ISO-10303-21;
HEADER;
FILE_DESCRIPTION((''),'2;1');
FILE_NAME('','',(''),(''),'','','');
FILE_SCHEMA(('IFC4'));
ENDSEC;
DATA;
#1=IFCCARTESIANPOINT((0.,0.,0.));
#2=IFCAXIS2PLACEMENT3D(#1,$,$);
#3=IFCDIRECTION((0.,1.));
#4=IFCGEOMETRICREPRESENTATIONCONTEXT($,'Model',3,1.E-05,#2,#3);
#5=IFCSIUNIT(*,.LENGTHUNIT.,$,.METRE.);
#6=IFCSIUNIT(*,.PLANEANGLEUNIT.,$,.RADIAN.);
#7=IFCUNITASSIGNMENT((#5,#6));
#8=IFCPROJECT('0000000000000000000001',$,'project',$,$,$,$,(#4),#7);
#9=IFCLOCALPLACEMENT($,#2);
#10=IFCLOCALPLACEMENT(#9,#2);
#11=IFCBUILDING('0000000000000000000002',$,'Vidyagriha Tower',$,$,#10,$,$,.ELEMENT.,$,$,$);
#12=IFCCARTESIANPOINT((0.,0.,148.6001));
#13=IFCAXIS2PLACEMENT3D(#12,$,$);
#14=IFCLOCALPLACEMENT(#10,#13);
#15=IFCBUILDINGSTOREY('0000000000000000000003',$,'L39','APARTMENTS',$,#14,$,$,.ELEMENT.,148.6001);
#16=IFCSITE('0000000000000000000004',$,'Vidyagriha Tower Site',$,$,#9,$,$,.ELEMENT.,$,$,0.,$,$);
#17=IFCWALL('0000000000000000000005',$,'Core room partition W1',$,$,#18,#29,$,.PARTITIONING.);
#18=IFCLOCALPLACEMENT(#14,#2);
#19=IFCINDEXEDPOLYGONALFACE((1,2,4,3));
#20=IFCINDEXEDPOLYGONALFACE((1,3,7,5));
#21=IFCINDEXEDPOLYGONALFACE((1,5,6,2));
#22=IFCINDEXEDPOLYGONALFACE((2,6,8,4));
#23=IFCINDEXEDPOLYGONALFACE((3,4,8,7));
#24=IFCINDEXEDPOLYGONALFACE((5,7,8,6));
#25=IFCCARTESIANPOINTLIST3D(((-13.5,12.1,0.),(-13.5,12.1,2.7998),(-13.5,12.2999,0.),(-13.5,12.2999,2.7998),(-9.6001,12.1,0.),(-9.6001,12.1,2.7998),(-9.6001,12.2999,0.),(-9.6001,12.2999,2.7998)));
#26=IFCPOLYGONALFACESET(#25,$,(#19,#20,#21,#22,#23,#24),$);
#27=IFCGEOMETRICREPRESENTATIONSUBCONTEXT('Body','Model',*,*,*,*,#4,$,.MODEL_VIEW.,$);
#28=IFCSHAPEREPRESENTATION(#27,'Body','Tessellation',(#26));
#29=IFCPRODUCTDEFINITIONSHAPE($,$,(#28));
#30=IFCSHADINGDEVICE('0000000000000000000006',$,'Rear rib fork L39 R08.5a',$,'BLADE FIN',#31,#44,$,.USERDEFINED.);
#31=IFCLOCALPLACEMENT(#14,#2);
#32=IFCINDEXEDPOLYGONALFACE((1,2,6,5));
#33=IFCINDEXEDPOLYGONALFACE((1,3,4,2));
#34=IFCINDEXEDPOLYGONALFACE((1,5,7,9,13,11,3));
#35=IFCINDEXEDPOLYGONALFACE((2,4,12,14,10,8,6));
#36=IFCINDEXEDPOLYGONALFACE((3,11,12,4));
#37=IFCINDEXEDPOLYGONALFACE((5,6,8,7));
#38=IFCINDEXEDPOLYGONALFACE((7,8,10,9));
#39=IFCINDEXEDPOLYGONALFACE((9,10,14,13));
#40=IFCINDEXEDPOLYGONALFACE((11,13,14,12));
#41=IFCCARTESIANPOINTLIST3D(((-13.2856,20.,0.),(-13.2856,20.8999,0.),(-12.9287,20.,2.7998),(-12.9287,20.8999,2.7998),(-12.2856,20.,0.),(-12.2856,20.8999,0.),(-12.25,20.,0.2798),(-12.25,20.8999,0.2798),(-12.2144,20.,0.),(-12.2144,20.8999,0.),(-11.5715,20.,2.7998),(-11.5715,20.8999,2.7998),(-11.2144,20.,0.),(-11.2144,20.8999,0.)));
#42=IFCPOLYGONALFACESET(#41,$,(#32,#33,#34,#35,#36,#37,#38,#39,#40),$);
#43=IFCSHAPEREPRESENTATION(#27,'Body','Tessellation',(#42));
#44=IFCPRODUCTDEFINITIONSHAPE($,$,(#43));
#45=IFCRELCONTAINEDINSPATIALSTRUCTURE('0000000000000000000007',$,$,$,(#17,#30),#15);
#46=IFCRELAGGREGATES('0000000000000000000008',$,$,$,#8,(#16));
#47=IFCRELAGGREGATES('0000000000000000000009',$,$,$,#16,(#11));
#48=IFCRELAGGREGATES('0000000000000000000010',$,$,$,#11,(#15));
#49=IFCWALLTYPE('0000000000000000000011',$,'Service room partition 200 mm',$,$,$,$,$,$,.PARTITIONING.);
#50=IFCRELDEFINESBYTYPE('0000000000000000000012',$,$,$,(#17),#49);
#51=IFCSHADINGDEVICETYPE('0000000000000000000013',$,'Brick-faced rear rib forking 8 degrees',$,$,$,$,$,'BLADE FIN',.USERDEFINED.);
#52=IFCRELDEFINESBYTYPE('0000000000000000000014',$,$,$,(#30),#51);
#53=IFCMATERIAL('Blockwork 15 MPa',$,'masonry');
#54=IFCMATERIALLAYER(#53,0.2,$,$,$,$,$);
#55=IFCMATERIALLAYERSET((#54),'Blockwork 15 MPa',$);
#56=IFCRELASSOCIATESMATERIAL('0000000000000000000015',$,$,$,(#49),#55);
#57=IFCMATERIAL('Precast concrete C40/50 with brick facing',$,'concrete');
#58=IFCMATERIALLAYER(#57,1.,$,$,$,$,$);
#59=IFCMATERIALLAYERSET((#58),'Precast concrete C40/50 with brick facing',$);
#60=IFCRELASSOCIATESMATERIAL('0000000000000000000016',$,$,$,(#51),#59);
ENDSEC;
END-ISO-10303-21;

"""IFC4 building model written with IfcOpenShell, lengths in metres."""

from ifc_helpers import new_model, si_unit, direction, frame, frame_2d, origin, place, context, subcontext, project, spatial, polyline, rectangle, outline, extrude, material, layer, layer_set, type_object, element, save


model = new_model("IFC4")

# Units and contexts
model_context = context("Model", 3, precision=1e-05, world=origin(), true_north=direction((0.0, 1.0)))
body_context = subcontext(model_context, "Body", "Model", "MODEL_VIEW")
ifc_project = project(units=[si_unit("LENGTHUNIT", "METRE"), si_unit("PLANEANGLEUNIT", "RADIAN")], contexts=[model_context])

# Site, building, storey
site_placement = place(None, origin())
site = spatial("IfcSite", under=ifc_project, at=site_placement, Name="Vidyagriha Tower Site", CompositionType="ELEMENT", RefElevation=0.0)
building_placement = place(site_placement, origin())
building = spatial("IfcBuilding", under=site, at=building_placement, Name="Vidyagriha Tower", CompositionType="ELEMENT")
storey_placement = place(building_placement, frame((0.0, 0.0, 148.6001)))
storey = spatial("IfcBuildingStorey", under=building, at=storey_placement, Name="L39", Description="APARTMENTS", CompositionType="ELEMENT", Elevation=148.6001)

# Wall
ifc_material_1 = material(Name="Blockwork 15 MPa", Category="masonry")
ifc_layer_1 = layer(ifc_material_1, 0.2)
ifc_layer_set_1 = layer_set([ifc_layer_1], Name="Blockwork 15 MPa")
wall_type_1 = type_object("IfcWallType", Name="Service room partition 200 mm", PredefinedType="PARTITIONING", material=ifc_layer_set_1)
wall_1_placement = place(storey_placement, frame((-13.5, 12.2, 0.0)))
element("IfcWall", 1, at=wall_1_placement, inside=storey, type_object=wall_type_1, Name="Core room partition W1", PredefinedType="PARTITIONING", context=body_context, shape_type="SweptSolid", body=[
    extrude(rectangle(XDim=3.8999, YDim=0.2, at=frame_2d((1.95, 0.0))), origin(), (0.0, 0.0, 1.0), 2.7998),
])

# Shading device
ifc_material_2 = material(Name="Precast concrete C40/50 with brick facing", Category="concrete")
ifc_layer_2 = layer(ifc_material_2, 1.0)
ifc_layer_set_2 = layer_set([ifc_layer_2], Name="Precast concrete C40/50 with brick facing")
shading_device_type = type_object("IfcShadingDeviceType", Name="Brick-faced rear rib forking 8 degrees", ElementType="BLADE FIN", PredefinedType="USERDEFINED", material=ifc_layer_set_2)
shading_device_placement = place(storey_placement, frame((-11.2144, 20.45, 0.0), z_axis=(0.0, 0.0, 1.0), x_axis=(-1.0, 0.0, 0.0)))
element("IfcShadingDevice", 2, at=shading_device_placement, inside=storey, type_object=shading_device_type, Name="Rear rib fork L39 R08.5a", ObjectType="BLADE FIN", PredefinedType="USERDEFINED", context=body_context, shape_type="SweptSolid", body=[
    extrude(outline(polyline([(1.0, 0.0), (1.0356, 0.2798), (1.0713, 0.0), (2.0713, 0.0), (1.7144, 2.7998), (0.3572, 2.7998), (0.0, 0.0), (1.0, 0.0)])), frame((0.0, 0.45, 0.0), z_axis=(0.0, -1.0, 0.0), x_axis=(1.0, 0.0, 0.0)), (0.0, 0.0, 1.0), 0.8999),
])

save(model, "model.ifc")
